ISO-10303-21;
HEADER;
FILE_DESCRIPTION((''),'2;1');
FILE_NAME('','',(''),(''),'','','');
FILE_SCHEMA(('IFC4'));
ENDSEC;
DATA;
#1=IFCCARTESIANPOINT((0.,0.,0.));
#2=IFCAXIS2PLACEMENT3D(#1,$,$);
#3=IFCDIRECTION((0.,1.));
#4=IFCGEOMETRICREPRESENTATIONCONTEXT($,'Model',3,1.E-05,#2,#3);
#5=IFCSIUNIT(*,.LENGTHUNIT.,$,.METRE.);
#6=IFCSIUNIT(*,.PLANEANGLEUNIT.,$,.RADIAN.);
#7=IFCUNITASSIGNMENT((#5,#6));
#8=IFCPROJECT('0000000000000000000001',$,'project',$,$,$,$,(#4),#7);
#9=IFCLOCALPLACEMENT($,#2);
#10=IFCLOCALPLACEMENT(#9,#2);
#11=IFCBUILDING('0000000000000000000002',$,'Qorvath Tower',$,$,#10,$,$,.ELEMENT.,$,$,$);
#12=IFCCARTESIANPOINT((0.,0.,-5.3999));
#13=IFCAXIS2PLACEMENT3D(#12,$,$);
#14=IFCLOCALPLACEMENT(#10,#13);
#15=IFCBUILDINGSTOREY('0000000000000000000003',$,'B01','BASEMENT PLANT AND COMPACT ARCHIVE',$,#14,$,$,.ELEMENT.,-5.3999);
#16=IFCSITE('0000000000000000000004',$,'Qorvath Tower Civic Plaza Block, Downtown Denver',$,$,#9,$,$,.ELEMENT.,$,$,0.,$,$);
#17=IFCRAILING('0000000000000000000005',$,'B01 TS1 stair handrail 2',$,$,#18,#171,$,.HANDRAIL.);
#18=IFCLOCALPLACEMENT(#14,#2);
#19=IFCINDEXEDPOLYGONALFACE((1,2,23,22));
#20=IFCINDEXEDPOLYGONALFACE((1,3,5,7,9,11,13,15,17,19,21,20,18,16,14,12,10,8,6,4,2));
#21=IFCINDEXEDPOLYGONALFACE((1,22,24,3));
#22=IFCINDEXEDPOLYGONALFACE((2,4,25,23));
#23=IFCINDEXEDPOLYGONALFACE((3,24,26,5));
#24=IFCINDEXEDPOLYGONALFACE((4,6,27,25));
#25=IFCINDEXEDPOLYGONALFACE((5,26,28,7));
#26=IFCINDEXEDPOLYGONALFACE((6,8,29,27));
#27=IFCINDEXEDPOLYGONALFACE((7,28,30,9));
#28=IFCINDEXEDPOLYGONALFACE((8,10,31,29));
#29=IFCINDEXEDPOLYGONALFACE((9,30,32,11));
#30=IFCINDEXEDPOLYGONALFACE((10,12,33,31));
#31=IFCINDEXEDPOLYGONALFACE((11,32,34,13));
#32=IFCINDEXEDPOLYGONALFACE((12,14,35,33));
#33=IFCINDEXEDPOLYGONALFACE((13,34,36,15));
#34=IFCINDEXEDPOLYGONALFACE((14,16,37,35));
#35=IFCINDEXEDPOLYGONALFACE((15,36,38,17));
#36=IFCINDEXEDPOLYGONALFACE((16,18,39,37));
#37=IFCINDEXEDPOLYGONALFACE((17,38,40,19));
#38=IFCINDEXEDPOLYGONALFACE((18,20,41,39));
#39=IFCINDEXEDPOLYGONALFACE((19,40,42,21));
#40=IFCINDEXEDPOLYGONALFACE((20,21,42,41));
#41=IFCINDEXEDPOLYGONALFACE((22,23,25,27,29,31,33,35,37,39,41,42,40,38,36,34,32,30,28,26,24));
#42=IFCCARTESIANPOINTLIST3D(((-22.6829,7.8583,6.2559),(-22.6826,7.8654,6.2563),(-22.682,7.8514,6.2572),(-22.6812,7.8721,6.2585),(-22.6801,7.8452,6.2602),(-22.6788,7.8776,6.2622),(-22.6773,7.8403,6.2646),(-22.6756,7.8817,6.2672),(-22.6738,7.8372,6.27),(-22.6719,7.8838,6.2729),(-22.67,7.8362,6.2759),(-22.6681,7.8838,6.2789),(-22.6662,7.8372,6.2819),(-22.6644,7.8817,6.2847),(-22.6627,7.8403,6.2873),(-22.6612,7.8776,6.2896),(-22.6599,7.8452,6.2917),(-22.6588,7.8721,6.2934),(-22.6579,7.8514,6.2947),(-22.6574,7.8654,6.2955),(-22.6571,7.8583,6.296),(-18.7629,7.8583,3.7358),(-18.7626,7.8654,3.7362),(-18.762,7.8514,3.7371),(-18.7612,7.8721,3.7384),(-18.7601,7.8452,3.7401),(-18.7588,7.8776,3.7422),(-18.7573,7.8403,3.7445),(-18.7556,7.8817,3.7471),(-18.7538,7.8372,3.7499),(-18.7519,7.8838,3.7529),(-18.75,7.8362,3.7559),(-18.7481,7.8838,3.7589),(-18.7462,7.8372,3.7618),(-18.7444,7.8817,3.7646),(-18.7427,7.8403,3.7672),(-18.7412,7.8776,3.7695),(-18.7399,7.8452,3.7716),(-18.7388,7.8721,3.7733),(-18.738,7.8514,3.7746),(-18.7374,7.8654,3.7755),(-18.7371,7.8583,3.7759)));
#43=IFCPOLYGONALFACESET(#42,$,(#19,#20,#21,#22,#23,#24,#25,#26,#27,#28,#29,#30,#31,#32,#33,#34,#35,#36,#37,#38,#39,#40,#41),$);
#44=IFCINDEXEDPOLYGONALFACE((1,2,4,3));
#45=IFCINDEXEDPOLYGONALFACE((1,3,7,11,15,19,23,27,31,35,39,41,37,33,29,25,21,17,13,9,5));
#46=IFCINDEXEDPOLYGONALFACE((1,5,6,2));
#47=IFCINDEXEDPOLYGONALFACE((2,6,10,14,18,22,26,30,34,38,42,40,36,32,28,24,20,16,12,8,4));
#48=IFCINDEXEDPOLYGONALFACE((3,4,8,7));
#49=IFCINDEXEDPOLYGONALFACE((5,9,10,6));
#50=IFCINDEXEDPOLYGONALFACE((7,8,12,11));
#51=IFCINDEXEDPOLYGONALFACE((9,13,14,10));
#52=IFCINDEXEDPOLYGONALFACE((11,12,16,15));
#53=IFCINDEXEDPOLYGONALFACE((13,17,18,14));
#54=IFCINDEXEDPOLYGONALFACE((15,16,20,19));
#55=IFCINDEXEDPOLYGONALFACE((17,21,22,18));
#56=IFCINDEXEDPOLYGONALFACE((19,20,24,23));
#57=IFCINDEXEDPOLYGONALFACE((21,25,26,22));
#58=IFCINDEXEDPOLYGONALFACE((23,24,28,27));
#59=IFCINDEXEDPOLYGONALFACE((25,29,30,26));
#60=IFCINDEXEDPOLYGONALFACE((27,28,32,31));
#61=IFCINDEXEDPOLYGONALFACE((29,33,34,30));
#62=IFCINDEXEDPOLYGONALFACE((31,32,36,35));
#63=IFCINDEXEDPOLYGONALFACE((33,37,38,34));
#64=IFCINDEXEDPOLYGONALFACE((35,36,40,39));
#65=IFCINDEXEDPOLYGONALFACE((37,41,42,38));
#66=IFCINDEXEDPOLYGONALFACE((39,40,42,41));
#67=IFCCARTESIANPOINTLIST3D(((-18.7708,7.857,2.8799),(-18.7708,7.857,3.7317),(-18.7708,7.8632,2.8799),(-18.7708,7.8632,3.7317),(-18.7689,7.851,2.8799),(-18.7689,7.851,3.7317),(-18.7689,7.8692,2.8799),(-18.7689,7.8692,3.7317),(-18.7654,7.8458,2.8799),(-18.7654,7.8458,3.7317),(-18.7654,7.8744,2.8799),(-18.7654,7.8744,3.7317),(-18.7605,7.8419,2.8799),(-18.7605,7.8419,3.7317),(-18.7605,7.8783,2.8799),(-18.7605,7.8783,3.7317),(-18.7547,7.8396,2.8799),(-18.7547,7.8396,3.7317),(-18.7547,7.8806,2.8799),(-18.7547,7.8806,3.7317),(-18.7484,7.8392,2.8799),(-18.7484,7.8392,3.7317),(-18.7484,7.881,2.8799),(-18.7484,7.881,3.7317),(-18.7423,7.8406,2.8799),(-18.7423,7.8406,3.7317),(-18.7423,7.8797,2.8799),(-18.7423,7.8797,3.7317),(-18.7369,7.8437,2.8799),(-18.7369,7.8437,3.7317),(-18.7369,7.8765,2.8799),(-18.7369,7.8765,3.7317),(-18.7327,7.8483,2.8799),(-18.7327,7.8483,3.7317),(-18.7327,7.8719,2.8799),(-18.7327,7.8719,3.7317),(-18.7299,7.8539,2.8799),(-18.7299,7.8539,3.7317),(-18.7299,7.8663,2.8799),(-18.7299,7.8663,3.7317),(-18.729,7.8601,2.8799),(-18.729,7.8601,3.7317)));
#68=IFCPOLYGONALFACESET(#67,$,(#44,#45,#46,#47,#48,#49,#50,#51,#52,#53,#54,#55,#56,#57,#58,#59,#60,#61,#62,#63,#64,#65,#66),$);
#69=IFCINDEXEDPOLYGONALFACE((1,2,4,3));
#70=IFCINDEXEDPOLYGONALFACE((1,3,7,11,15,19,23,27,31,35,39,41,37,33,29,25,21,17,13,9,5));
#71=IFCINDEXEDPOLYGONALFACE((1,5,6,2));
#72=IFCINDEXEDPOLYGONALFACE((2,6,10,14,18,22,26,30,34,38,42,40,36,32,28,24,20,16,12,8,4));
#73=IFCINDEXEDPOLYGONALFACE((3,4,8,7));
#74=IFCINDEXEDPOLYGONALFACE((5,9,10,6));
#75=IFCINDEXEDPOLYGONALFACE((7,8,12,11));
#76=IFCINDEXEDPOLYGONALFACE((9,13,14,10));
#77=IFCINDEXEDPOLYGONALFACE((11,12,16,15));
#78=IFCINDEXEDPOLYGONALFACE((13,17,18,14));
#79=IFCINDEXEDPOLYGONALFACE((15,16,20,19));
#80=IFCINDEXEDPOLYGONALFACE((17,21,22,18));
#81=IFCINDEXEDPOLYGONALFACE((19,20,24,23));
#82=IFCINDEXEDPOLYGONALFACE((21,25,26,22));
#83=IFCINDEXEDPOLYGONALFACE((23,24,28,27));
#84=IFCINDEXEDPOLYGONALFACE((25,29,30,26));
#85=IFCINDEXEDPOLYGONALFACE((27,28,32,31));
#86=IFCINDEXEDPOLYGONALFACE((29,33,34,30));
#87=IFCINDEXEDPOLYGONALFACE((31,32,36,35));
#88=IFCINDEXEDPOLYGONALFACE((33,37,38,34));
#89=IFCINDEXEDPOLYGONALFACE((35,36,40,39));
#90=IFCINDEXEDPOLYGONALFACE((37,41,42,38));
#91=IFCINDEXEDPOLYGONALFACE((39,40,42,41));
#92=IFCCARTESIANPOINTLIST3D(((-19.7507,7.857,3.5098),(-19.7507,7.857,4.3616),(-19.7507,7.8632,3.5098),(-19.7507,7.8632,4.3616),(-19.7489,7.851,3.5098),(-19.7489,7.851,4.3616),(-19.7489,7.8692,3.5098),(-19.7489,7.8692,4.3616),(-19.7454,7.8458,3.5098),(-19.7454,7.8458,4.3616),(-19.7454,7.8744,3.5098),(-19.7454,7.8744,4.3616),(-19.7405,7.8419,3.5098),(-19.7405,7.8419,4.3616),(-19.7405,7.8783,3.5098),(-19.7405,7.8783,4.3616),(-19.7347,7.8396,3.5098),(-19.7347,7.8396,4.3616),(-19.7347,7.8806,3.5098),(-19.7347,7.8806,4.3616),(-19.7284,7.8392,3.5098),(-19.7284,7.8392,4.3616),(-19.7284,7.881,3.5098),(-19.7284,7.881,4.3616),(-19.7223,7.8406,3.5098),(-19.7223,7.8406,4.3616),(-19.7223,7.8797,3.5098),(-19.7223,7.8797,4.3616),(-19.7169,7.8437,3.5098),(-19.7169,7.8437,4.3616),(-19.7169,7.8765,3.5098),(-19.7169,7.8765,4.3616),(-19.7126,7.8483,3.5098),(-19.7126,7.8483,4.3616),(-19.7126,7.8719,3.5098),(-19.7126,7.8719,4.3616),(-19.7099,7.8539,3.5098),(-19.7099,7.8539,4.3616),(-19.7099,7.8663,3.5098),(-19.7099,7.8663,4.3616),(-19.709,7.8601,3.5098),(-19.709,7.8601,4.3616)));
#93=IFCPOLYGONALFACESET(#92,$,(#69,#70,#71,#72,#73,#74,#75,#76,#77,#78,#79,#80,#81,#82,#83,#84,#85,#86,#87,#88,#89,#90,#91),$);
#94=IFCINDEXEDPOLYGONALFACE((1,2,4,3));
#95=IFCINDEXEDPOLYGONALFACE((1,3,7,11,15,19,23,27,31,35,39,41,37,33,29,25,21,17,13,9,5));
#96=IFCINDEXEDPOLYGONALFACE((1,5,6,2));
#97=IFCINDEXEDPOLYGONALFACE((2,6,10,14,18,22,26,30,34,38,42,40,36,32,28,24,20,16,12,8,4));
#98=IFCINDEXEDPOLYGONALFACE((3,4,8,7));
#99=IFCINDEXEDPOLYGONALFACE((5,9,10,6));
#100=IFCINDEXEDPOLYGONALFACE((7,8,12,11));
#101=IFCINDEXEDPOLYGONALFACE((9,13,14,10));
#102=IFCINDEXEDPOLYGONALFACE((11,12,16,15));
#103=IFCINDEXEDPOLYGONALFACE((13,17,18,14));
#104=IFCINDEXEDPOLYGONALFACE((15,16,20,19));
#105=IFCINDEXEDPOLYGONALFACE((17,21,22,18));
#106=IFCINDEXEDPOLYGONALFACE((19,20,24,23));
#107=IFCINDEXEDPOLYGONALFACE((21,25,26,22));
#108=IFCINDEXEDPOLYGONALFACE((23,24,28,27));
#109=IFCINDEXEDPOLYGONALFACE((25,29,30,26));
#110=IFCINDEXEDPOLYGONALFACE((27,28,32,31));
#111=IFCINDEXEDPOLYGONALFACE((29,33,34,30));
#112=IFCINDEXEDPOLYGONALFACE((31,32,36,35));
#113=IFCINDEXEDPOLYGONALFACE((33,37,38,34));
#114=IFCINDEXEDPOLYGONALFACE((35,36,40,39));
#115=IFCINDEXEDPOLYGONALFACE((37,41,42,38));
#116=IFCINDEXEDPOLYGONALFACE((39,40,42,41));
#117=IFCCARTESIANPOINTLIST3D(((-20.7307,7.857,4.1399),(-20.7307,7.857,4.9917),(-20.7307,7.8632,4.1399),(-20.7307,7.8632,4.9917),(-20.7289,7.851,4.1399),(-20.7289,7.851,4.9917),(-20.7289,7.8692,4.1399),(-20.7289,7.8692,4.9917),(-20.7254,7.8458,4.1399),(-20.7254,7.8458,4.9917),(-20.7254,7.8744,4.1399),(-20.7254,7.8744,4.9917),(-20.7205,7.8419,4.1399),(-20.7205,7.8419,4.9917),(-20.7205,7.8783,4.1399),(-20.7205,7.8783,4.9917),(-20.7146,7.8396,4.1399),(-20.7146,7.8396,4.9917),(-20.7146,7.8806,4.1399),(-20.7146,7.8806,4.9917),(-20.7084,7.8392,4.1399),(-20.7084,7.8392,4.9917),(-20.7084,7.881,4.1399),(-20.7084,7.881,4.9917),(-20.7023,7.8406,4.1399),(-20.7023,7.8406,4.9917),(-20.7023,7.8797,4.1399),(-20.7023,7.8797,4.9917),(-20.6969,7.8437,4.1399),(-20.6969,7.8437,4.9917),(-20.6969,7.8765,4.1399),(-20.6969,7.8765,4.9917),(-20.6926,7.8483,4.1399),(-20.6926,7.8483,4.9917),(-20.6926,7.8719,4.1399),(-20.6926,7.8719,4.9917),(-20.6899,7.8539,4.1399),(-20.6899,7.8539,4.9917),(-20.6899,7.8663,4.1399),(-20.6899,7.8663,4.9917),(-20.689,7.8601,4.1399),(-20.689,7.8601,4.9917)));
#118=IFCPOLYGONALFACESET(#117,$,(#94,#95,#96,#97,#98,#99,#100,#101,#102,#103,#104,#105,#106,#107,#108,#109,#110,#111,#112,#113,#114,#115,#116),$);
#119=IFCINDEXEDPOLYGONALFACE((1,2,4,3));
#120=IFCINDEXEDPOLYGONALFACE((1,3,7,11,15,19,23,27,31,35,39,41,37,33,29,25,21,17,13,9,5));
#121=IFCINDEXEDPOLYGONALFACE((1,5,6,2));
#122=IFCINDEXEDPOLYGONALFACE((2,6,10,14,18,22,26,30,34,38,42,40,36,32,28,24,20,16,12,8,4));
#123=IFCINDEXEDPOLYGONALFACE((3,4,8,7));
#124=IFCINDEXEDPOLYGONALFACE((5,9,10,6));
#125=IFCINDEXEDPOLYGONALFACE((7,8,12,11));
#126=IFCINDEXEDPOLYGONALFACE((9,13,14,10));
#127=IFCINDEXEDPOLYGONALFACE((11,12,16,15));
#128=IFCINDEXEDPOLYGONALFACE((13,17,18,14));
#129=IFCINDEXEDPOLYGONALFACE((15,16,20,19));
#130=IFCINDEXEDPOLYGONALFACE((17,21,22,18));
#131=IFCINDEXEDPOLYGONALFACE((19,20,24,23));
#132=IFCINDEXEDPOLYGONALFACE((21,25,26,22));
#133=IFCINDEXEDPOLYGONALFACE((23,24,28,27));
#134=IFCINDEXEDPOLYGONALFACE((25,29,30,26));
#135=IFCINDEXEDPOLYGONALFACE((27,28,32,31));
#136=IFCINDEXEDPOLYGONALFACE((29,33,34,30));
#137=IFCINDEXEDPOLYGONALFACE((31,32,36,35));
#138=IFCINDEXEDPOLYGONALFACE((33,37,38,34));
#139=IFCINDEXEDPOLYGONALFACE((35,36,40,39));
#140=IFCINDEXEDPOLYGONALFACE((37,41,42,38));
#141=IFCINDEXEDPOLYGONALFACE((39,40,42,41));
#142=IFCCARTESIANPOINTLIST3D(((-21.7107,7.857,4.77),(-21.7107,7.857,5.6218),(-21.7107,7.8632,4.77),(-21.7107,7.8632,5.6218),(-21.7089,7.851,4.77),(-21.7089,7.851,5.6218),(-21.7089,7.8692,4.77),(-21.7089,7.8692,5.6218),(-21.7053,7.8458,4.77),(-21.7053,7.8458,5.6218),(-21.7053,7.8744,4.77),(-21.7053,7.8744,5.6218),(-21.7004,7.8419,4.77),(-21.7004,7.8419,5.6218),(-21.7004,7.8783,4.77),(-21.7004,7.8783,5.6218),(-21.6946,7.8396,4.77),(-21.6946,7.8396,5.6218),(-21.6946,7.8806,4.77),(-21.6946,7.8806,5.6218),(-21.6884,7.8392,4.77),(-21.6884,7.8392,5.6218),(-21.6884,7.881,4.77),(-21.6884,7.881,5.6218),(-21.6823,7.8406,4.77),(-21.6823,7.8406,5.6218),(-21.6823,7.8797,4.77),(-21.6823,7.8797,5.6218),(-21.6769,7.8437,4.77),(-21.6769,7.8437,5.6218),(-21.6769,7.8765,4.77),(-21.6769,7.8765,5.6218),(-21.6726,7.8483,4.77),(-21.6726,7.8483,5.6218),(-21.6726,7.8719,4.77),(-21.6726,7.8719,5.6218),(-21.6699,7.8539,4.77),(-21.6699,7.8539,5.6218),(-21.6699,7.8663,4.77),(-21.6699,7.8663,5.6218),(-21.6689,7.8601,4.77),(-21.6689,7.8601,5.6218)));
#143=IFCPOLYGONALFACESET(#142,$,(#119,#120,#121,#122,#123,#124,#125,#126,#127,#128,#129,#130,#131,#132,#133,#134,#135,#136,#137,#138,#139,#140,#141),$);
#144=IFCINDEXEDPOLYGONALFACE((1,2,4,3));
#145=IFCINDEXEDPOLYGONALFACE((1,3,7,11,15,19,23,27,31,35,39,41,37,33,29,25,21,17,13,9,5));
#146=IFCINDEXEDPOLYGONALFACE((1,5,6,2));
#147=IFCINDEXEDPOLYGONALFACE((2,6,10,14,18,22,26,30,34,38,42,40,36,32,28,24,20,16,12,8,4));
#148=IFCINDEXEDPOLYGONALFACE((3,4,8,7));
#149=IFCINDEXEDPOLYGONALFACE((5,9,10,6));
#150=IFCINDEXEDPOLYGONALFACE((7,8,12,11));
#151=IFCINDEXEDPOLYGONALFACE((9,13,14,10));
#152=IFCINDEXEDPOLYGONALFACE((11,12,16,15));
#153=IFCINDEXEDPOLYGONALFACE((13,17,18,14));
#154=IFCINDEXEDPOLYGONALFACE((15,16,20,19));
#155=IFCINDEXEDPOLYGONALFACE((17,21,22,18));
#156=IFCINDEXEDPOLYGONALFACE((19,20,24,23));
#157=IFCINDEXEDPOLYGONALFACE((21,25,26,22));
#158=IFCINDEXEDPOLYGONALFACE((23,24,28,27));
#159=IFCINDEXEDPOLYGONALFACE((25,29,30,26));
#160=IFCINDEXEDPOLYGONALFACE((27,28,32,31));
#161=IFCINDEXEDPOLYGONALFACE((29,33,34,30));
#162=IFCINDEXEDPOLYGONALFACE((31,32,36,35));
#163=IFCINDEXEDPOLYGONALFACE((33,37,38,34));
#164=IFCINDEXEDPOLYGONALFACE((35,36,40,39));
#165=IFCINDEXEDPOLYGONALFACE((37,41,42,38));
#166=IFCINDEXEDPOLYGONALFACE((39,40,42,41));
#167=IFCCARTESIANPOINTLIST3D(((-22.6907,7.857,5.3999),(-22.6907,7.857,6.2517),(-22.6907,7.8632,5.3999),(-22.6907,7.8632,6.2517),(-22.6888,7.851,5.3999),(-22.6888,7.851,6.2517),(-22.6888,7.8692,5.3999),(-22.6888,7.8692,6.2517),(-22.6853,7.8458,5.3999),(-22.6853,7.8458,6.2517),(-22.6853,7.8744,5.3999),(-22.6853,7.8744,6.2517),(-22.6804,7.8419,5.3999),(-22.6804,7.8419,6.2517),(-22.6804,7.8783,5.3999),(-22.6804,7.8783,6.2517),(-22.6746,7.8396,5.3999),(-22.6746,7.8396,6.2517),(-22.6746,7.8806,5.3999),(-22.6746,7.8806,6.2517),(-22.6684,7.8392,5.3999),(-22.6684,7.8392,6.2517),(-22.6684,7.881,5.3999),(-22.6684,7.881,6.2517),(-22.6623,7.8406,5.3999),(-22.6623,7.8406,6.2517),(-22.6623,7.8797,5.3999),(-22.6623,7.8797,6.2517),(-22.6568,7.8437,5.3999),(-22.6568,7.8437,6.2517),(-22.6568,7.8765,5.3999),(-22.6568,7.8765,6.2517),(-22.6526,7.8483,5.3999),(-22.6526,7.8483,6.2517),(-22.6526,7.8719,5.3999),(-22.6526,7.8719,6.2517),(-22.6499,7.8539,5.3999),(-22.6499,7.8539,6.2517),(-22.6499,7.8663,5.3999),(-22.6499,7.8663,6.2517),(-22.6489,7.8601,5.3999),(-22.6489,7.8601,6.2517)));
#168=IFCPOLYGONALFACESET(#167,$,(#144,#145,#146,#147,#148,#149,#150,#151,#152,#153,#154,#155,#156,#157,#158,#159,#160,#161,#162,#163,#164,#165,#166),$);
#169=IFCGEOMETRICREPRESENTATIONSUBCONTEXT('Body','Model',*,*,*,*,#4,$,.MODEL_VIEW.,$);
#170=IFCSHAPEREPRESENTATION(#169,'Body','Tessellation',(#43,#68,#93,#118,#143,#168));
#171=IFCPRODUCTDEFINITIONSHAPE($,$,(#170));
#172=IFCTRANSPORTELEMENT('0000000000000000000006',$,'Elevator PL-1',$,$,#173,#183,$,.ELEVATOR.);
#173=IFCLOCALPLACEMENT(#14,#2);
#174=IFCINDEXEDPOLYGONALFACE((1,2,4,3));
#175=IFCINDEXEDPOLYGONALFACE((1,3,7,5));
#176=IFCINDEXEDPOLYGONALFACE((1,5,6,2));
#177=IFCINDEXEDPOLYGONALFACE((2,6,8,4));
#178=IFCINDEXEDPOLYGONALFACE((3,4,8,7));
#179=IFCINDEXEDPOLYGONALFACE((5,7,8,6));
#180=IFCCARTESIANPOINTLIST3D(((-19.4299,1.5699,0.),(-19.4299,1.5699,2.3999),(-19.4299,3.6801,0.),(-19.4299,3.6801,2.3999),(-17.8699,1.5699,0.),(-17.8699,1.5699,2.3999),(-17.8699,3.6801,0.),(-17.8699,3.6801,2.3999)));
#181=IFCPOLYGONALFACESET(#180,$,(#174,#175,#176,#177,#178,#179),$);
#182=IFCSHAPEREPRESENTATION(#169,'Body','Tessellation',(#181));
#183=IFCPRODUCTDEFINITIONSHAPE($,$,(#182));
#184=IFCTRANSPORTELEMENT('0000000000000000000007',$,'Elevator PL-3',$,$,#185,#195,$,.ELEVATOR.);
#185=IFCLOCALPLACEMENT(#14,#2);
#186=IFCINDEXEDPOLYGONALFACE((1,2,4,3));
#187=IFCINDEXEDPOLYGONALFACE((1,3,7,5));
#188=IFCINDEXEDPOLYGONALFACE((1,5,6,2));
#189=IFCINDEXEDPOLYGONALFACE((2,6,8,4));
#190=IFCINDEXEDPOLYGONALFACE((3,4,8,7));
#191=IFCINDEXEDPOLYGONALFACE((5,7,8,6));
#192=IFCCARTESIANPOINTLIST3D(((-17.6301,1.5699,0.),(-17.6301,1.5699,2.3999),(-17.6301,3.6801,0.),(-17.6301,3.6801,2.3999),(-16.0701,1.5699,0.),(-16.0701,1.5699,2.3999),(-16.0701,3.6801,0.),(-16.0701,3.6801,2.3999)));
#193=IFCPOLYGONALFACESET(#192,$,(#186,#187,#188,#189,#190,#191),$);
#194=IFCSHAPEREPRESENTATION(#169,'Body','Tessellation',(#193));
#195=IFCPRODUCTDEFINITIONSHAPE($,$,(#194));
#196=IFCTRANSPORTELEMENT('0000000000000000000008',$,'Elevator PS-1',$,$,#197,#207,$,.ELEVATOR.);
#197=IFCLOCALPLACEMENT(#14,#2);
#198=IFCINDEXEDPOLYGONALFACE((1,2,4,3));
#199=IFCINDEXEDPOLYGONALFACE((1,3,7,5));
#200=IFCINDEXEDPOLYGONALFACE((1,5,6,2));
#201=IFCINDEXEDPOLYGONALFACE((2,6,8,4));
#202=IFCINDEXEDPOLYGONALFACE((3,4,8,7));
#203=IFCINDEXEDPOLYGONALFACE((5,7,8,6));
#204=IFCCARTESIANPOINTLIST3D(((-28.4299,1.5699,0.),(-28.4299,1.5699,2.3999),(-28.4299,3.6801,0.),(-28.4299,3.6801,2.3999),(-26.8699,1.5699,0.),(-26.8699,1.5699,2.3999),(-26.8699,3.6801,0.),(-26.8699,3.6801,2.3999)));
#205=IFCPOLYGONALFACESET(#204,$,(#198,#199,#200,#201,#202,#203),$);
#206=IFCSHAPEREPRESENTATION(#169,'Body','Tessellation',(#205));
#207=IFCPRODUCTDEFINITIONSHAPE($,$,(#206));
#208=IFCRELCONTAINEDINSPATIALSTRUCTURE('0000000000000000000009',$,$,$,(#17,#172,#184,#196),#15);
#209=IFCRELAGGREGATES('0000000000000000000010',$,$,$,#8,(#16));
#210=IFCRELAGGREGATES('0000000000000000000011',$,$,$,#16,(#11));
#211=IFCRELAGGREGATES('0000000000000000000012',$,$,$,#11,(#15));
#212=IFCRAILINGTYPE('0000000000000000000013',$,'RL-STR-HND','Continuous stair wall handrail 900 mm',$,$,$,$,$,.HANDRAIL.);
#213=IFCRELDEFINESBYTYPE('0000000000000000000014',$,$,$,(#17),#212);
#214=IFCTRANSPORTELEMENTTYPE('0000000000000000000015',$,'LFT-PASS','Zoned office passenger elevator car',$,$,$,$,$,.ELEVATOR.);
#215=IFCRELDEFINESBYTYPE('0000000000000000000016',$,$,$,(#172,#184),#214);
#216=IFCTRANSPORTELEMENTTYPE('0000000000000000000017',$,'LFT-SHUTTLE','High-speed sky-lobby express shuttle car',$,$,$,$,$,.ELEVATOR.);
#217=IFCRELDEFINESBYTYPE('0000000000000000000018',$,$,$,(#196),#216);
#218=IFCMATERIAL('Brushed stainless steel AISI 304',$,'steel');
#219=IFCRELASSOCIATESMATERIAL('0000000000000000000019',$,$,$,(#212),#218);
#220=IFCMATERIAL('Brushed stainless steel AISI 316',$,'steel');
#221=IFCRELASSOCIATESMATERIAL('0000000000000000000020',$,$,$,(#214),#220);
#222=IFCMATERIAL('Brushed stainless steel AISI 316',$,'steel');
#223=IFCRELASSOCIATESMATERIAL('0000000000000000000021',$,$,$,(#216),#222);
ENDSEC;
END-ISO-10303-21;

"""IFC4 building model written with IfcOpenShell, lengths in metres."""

from ifc_helpers import new_model, si_unit, direction, frame, origin, origin_2d, place, context, subcontext, project, spatial, rectangle, circle, extrude, material, type_object, element, save


model = new_model("IFC4")

# Units and contexts
model_context = context("Model", 3, precision=1e-05, world=origin(), true_north=direction((0.0, 1.0)))
body_context = subcontext(model_context, "Body", "Model", "MODEL_VIEW")
ifc_project = project(units=[si_unit("LENGTHUNIT", "METRE"), si_unit("PLANEANGLEUNIT", "RADIAN")], contexts=[model_context])

# Site, building, storey
site_placement = place(None, origin())
site = spatial("IfcSite", under=ifc_project, at=site_placement, Name="Qorvath Tower Civic Plaza Block, Downtown Denver", CompositionType="ELEMENT", RefElevation=0.0)
building_placement = place(site_placement, origin())
building = spatial("IfcBuilding", under=site, at=building_placement, Name="Qorvath Tower", CompositionType="ELEMENT")
storey_placement = place(building_placement, frame((0.0, 0.0, -5.3999)))
storey = spatial("IfcBuildingStorey", under=building, at=storey_placement, Name="B01", Description="BASEMENT PLANT AND COMPACT ARCHIVE", CompositionType="ELEMENT", Elevation=-5.3999)

# Railing
ifc_material_1 = material(Name="Brushed stainless steel AISI 304", Category="steel")
railing_type_1 = type_object("IfcRailingType", Name="RL-STR-HND", Description="Continuous stair wall handrail 900 mm", PredefinedType="HANDRAIL", material=ifc_material_1)
railing_1_placement = place(storey_placement, frame((-18.75, 7.8601, 2.8799)))
element("IfcRailing", 1, at=railing_1_placement, inside=storey, type_object=railing_type_1, Name="B01 TS1 stair handrail 2", PredefinedType="HANDRAIL", context=body_context, shape_type="SweptSolid", body=[
    extrude(circle(Radius=0.0239, at=origin_2d()), frame((0.0, 0.0, 0.876), z_axis=(-0.841172, 0.0, 0.540768), x_axis=(0.0, -1.0, 0.0)), (0.0, 0.0, 1.0), 4.6602),
    extrude(circle(Radius=0.021, at=origin_2d()), origin(), (0.0, 0.0, 1.0), 0.8518),
    extrude(circle(Radius=0.021, at=origin_2d()), frame((-0.98, 0.0, 0.6299)), (0.0, 0.0, 1.0), 0.8518),
    extrude(circle(Radius=0.021, at=origin_2d()), frame((-1.96, 0.0, 1.26)), (0.0, 0.0, 1.0), 0.8518),
    extrude(circle(Radius=0.021, at=origin_2d()), frame((-2.9399, 0.0, 1.8901)), (0.0, 0.0, 1.0), 0.8518),
    extrude(circle(Radius=0.021, at=origin_2d()), frame((-3.9199, 0.0, 2.52)), (0.0, 0.0, 1.0), 0.8518),
])

# Transport elements
ifc_material_2 = material(Name="Brushed stainless steel AISI 316", Category="steel")
transport_element_type_1 = type_object("IfcTransportElementType", Name="LFT-PASS", Description="Zoned office passenger elevator car", PredefinedType="ELEVATOR", material=ifc_material_2)
for number, where, z_axis, x_axis, name in (
    (2, (-18.6499, 2.625, 0.0), (0.0, 0.0, 1.0), (1.0, 0.0, 0.0), "Elevator PL-1"),
    (3, (-16.8501, 2.625, 0.0), (0.0, 0.0, 1.0), (1.0, 0.0, 0.0), "Elevator PL-3"),
):
    element("IfcTransportElement", number, at=place(storey_placement, frame(where, z_axis=z_axis, x_axis=x_axis)), inside=storey, type_object=transport_element_type_1, Name=name, PredefinedType="ELEVATOR", context=body_context, shape_type="SweptSolid", body=[
        extrude(rectangle(XDim=1.5601, YDim=2.1101, at=origin_2d()), origin(), (0.0, 0.0, 1.0), 2.3999),
    ])
ifc_material_3 = material(Name="Brushed stainless steel AISI 316", Category="steel")
transport_element_type_2 = type_object("IfcTransportElementType", Name="LFT-SHUTTLE", Description="High-speed sky-lobby express shuttle car", PredefinedType="ELEVATOR", material=ifc_material_3)
transport_element_placement = place(storey_placement, frame((-27.6499, 2.625, 0.0), z_axis=(0.0, 0.0, 1.0), x_axis=(1.0, 0.0, 0.0)))
element("IfcTransportElement", 4, at=transport_element_placement, inside=storey, type_object=transport_element_type_2, Name="Elevator PS-1", PredefinedType="ELEVATOR", context=body_context, shape_type="SweptSolid", body=[
    extrude(rectangle(XDim=1.5601, YDim=2.1101, at=origin_2d()), origin(), (0.0, 0.0, 1.0), 2.3999),
])

save(model, "model.ifc")
